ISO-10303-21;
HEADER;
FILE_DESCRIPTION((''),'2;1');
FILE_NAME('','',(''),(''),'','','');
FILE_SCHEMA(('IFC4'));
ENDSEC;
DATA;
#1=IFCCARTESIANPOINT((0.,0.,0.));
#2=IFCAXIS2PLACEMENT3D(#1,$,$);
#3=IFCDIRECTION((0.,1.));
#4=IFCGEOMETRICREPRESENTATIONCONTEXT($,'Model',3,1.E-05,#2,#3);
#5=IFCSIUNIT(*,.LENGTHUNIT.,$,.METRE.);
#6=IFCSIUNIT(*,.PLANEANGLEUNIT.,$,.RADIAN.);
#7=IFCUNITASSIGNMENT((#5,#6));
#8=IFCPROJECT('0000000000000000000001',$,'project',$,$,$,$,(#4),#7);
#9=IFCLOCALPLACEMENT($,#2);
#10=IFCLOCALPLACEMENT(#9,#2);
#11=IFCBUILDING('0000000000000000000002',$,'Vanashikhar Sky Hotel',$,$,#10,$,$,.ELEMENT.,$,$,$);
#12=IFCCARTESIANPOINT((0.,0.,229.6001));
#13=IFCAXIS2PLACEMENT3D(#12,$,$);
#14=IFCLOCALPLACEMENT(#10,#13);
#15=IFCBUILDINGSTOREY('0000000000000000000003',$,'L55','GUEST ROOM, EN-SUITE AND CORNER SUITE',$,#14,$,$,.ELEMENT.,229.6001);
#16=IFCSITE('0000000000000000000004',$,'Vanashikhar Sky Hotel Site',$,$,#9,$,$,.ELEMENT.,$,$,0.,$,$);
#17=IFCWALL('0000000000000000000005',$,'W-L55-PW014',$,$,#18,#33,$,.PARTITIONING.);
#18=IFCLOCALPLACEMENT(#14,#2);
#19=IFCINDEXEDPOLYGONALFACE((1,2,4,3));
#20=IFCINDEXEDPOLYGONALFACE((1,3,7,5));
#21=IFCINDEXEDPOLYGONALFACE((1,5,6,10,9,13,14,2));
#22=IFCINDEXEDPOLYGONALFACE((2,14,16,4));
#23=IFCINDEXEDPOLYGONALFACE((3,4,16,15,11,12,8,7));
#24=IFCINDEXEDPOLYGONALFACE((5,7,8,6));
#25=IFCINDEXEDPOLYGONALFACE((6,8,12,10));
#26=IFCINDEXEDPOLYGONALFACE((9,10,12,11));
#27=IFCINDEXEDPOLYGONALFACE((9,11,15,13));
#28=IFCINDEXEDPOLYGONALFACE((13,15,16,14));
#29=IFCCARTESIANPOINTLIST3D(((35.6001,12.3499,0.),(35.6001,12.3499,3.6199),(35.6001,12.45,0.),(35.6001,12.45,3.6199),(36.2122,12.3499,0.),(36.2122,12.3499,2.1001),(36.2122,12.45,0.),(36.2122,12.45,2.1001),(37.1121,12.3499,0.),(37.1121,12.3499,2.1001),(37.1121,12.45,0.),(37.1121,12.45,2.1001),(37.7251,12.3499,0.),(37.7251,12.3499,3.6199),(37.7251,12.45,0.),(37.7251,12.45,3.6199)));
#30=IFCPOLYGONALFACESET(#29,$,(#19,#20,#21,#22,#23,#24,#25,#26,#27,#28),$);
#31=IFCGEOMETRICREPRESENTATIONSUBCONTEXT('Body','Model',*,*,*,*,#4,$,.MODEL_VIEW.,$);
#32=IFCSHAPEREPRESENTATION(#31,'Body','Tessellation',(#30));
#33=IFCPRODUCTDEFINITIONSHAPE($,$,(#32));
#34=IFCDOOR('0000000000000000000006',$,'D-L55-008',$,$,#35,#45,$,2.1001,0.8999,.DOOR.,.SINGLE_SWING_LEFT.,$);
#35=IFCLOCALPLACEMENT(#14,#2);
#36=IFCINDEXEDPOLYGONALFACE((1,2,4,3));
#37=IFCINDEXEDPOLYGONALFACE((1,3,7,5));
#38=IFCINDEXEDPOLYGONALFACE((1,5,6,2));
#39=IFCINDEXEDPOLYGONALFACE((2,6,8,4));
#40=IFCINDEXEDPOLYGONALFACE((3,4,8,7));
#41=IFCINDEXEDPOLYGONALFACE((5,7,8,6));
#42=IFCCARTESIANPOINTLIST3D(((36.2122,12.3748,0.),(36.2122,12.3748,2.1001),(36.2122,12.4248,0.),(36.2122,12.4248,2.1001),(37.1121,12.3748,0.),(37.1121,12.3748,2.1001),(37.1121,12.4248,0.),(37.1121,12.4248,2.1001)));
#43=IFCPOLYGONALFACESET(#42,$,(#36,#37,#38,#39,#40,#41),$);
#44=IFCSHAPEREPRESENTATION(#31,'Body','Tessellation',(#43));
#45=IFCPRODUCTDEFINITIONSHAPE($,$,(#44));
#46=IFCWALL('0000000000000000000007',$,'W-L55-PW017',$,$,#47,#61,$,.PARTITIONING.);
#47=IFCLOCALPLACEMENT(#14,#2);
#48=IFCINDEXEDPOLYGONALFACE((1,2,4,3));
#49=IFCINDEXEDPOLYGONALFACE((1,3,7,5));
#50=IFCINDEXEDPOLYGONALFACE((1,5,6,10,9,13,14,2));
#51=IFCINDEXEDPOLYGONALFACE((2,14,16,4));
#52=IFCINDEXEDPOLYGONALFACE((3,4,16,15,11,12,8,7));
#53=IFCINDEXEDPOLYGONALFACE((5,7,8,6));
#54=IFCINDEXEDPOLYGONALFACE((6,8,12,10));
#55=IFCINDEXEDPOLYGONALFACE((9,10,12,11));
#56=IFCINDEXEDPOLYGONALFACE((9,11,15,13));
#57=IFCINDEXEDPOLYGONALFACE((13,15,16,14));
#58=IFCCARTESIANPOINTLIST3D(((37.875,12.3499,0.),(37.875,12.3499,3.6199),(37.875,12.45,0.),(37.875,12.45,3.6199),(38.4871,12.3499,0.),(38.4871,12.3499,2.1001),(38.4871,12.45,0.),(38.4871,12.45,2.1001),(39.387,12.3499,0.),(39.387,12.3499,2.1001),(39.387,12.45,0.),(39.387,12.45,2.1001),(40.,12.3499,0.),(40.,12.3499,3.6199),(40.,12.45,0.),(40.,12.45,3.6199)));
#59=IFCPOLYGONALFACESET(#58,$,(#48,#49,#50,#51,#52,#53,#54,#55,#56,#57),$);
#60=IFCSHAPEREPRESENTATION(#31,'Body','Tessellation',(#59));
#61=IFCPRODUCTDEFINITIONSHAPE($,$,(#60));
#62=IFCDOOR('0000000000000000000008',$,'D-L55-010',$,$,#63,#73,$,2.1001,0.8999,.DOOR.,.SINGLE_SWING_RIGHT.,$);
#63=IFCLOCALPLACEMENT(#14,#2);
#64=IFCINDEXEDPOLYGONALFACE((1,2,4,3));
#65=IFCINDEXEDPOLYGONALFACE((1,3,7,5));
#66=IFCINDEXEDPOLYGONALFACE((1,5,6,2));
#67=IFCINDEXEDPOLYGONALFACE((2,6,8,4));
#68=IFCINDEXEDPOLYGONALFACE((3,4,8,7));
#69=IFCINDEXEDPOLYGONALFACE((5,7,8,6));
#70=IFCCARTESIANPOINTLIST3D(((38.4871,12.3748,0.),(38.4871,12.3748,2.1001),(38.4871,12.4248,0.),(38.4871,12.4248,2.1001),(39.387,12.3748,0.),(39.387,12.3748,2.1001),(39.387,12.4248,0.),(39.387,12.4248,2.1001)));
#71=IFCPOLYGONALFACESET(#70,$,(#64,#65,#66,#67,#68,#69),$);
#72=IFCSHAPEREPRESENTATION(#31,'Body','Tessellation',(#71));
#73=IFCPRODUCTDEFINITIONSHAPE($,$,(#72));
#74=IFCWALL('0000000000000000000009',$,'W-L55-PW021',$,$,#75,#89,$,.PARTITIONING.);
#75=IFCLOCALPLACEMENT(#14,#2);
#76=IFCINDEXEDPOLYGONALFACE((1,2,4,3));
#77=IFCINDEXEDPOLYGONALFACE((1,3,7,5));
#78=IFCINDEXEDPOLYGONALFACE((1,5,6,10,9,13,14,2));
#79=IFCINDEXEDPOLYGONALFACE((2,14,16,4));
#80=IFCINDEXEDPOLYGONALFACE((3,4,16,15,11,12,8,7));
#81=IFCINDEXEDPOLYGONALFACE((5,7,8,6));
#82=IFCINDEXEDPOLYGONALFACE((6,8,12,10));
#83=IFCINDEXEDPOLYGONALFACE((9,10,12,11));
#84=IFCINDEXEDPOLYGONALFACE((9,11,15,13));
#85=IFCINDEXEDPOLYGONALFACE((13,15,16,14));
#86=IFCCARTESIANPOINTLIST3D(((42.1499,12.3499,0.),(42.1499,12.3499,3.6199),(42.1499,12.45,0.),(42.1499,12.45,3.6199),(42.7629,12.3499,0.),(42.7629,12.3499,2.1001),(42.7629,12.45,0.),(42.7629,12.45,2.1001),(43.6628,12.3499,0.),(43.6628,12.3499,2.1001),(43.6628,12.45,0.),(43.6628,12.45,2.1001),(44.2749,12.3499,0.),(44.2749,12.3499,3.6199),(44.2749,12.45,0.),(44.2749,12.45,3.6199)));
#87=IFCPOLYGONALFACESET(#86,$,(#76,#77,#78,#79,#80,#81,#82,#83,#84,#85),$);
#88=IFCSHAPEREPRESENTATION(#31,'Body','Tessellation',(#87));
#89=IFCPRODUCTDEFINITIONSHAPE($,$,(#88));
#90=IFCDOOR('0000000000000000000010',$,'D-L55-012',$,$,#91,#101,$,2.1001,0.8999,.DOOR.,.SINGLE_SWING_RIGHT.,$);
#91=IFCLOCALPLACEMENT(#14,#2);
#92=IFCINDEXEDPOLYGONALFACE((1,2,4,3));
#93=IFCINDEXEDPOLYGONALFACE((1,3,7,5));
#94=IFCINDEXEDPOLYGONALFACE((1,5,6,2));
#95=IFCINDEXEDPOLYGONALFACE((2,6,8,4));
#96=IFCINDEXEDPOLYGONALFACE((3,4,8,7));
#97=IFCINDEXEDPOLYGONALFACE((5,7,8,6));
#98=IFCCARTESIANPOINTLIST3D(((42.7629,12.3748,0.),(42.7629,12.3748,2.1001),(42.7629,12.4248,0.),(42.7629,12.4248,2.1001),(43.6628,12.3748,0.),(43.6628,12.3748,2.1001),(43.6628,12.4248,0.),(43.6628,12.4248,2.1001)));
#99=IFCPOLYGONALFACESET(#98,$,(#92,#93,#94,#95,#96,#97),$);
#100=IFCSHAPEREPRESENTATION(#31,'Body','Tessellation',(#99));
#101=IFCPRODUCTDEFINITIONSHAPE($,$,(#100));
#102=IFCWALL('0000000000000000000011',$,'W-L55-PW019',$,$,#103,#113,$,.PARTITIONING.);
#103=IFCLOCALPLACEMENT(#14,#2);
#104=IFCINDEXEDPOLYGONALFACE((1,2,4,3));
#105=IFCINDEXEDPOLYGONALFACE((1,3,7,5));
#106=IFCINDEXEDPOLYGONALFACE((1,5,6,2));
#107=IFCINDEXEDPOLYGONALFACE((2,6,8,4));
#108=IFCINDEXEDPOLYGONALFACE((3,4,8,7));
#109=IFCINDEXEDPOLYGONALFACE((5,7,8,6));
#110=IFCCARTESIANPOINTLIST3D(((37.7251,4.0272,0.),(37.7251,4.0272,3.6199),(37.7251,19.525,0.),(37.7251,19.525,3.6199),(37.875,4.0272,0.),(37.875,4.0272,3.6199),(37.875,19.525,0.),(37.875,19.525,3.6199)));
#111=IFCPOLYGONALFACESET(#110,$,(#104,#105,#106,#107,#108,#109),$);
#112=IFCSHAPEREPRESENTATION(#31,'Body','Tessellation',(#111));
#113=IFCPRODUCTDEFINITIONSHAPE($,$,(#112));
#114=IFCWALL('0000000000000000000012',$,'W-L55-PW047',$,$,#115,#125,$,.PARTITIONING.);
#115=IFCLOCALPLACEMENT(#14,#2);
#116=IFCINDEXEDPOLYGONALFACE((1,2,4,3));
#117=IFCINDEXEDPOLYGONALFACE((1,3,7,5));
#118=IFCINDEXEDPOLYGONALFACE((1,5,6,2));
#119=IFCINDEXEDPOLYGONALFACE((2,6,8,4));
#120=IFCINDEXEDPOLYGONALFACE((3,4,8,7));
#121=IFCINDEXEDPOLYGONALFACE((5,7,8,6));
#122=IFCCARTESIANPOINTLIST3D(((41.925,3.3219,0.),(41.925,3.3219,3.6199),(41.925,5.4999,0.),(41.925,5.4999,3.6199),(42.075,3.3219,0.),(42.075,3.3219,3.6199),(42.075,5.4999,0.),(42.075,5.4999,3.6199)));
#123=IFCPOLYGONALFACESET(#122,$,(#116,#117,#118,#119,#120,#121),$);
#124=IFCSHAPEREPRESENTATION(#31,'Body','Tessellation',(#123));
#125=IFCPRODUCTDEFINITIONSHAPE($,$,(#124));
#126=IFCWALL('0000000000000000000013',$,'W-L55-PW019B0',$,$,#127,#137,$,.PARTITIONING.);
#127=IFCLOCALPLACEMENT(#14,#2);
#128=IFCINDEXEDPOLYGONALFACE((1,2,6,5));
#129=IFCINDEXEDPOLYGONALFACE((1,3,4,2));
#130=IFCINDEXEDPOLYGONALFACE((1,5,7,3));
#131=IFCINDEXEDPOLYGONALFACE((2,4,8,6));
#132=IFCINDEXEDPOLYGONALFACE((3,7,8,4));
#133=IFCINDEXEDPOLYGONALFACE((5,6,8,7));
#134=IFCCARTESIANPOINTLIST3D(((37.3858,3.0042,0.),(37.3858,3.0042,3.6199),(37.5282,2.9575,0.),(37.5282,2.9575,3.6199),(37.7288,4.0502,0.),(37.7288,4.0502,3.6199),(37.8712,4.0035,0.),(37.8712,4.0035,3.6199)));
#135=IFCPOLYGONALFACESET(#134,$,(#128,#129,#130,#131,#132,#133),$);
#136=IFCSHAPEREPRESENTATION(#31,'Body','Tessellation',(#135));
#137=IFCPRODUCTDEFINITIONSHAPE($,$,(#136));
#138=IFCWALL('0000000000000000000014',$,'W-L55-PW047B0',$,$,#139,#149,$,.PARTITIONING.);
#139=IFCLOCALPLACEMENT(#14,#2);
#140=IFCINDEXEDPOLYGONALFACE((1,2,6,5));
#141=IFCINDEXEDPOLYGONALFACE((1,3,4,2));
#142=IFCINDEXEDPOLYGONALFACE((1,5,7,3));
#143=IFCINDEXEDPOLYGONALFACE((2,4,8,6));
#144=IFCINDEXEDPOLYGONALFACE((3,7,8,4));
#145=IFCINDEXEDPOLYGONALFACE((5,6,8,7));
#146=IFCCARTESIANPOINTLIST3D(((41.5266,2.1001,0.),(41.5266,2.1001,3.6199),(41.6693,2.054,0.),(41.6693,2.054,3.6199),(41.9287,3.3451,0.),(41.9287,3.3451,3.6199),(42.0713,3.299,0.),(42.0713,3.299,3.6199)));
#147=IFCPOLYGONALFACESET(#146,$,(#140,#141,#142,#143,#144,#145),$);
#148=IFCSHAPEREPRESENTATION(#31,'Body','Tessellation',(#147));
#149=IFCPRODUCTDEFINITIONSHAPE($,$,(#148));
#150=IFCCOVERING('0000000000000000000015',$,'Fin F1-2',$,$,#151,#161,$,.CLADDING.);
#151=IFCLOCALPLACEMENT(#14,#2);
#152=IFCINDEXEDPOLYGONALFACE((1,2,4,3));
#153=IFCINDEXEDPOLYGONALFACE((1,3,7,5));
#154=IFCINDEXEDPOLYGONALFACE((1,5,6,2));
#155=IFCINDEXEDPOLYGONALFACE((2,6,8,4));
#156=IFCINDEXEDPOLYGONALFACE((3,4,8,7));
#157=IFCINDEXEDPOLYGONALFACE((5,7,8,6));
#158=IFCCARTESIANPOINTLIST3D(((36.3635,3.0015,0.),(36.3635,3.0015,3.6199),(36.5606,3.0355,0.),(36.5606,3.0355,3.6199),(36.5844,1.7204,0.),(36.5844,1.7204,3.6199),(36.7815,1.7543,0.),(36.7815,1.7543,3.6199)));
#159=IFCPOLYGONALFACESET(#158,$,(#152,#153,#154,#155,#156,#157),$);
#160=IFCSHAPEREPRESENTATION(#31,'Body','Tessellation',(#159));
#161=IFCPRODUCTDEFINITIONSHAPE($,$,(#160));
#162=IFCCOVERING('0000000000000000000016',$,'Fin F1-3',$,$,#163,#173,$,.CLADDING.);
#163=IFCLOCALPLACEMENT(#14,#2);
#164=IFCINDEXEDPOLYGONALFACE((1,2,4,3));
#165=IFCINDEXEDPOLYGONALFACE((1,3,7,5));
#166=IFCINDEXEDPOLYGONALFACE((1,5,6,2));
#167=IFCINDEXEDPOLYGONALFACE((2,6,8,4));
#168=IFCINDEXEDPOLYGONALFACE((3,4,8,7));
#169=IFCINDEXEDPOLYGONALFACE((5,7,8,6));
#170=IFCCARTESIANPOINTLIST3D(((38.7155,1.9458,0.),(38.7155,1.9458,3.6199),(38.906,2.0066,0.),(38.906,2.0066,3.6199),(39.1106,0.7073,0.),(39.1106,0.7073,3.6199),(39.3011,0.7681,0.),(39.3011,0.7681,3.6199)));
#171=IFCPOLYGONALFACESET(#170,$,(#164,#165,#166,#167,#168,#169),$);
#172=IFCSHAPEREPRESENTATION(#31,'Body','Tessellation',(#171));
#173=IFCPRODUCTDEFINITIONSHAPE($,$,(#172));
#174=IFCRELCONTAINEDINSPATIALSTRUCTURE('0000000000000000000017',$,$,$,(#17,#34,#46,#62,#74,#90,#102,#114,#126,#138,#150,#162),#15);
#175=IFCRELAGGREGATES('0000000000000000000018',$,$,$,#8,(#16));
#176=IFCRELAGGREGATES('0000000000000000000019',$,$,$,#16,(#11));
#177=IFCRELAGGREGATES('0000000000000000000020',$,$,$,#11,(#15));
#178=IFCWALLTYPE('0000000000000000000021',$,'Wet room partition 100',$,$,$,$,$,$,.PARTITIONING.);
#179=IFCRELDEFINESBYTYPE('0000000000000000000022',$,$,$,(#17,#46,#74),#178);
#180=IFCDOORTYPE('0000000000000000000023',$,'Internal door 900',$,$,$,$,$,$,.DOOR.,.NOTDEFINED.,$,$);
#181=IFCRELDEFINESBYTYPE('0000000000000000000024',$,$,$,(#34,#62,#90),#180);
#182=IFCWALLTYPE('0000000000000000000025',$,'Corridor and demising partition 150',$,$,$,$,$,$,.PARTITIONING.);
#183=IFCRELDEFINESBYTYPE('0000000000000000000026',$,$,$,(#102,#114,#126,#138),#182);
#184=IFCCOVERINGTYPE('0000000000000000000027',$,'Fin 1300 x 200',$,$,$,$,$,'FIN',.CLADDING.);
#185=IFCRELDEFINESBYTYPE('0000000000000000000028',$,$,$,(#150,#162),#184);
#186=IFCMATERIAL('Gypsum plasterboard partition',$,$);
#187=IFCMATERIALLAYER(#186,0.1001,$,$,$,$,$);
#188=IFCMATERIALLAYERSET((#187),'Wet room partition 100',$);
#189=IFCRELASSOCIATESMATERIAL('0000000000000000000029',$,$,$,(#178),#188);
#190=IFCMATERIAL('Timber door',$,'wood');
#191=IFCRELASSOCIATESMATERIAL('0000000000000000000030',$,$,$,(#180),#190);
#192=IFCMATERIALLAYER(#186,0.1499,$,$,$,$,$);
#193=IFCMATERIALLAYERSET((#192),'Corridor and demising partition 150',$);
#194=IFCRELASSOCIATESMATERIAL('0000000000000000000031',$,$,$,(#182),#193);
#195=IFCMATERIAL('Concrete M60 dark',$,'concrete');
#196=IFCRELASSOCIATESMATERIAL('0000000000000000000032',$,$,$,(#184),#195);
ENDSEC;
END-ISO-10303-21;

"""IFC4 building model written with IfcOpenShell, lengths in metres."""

from ifc_helpers import new_model, si_unit, direction, frame, frame_2d, origin, origin_2d, place, context, subcontext, project, spatial, rectangle, extrude, source, transform, mapped, material, layer, layer_set, material_profile, profile_set, type_object, element, fill, save


model = new_model("IFC4")

# Units and contexts
model_context = context("Model", 3, precision=1e-05, world=origin(), true_north=direction((0.0, 1.0)))
body_context = subcontext(model_context, "Body", "Model", "MODEL_VIEW")
ifc_project = project(units=[si_unit("LENGTHUNIT", "METRE"), si_unit("PLANEANGLEUNIT", "RADIAN")], contexts=[model_context])

# Site, building, storey
site_placement = place(None, origin())
site = spatial("IfcSite", under=ifc_project, at=site_placement, Name="Vanashikhar Sky Hotel Site", CompositionType="ELEMENT", RefElevation=0.0)
building_placement = place(site_placement, origin())
building = spatial("IfcBuilding", under=site, at=building_placement, Name="Vanashikhar Sky Hotel", CompositionType="ELEMENT")
storey_placement = place(building_placement, frame((0.0, 0.0, 229.6001)))
storey = spatial("IfcBuildingStorey", under=building, at=storey_placement, Name="L55", Description="GUEST ROOM, EN-SUITE AND CORNER SUITE", CompositionType="ELEMENT", Elevation=229.6001)

# Shared definitions
ifc_material_1 = material(Name="Gypsum plasterboard partition")
ifc_layer_1 = layer(ifc_material_1, 0.1001)
ifc_layer_set_1 = layer_set([ifc_layer_1], Name="Wet room partition 100")
wall_type_1 = type_object("IfcWallType", Name="Wet room partition 100", PredefinedType="PARTITIONING", material=ifc_layer_set_1)

# Walls, openings, doors
shared_shape_1 = source(origin(), body_context, "Body", "SweptSolid", [
    extrude(rectangle(XDim=2.125, YDim=0.1001, at=frame_2d((1.0625, 0.0))), origin(), (0.0, 0.0, 1.0), 3.6199),
])
wall_1_placement = place(storey_placement, frame((35.6001, 12.3999, 0.0), z_axis=(0.0, 0.0, 1.0), x_axis=(1.0, 0.0, 0.0)))
wall_1 = element("IfcWall", 1, at=wall_1_placement, inside=storey, type_object=wall_type_1, Name="W-L55-PW014", PredefinedType="PARTITIONING", context=body_context, shape_type="MappedRepresentation", body=[
    mapped(shared_shape_1, transform((0.0, 0.0, 0.0), scale=1.0)),
])
shared_shape_2 = source(origin(), body_context, "Body", "SweptSolid", [
    extrude(rectangle(XDim=0.8999, YDim=2.1001, at=frame_2d((0.45, 1.05))), frame((0.0, 0.0601, 0.0), z_axis=(0.0, -1.0, 0.0), x_axis=(1.0, 0.0, 0.0)), (0.0, 0.0, 1.0), 0.1201),
])
opening_1_placement = place(wall_1_placement, frame((0.6121, 0.0, 0.0)))
opening_1 = element("IfcOpeningElement", 2, at=opening_1_placement, cuts=wall_1, PredefinedType="OPENING", context=body_context, shape_type="MappedRepresentation", body=[
    mapped(shared_shape_2, transform((0.0, 0.0, 0.0), scale=1.0)),
])
ifc_material_2 = material(Name="Timber door", Category="wood")
door_type = type_object("IfcDoorType", Name="Internal door 900", OperationType="NOTDEFINED", PredefinedType="DOOR", material=ifc_material_2)
shared_shape_3 = source(origin(), body_context, "Body", "SweptSolid", [
    extrude(rectangle(XDim=0.8999, YDim=2.1001, at=frame_2d((0.45, 1.05))), frame((0.0, 0.0249, 0.0), z_axis=(0.0, -1.0, 0.0), x_axis=(1.0, 0.0, 0.0)), (0.0, 0.0, 1.0), 0.05),
])
door_1_placement = place(opening_1_placement, origin())
door_1 = element("IfcDoor", 3, at=door_1_placement, inside=storey, type_object=door_type, Name="D-L55-008", OperationType="SINGLE_SWING_LEFT", OverallHeight=2.1001, OverallWidth=0.8999, PredefinedType="DOOR", context=body_context, shape_type="MappedRepresentation", body=[
    mapped(shared_shape_3, transform((0.0, 0.0, 0.0), scale=1.0)),
])
fill(opening_1, door_1)
wall_2_placement = place(storey_placement, frame((37.875, 12.3999, 0.0), z_axis=(0.0, 0.0, 1.0), x_axis=(1.0, 0.0, 0.0)))
wall_2 = element("IfcWall", 4, at=wall_2_placement, inside=storey, type_object=wall_type_1, Name="W-L55-PW017", PredefinedType="PARTITIONING", context=body_context, shape_type="MappedRepresentation", body=[
    mapped(shared_shape_1, transform((0.0, 0.0, 0.0), scale=1.0)),
])
opening_2_placement = place(wall_2_placement, frame((0.6121, 0.0, 0.0)))
opening_2 = element("IfcOpeningElement", 5, at=opening_2_placement, cuts=wall_2, PredefinedType="OPENING", context=body_context, shape_type="MappedRepresentation", body=[
    mapped(shared_shape_2, transform((0.0, 0.0, 0.0), scale=1.0)),
])
door_2_placement = place(opening_2_placement, origin())
door_2 = element("IfcDoor", 6, at=door_2_placement, inside=storey, type_object=door_type, Name="D-L55-010", OperationType="SINGLE_SWING_RIGHT", OverallHeight=2.1001, OverallWidth=0.8999, PredefinedType="DOOR", context=body_context, shape_type="MappedRepresentation", body=[
    mapped(shared_shape_3, transform((0.0, 0.0, 0.0), scale=1.0)),
])
fill(opening_2, door_2)
wall_3_placement = place(storey_placement, frame((42.1499, 12.3999, 0.0), z_axis=(0.0, 0.0, 1.0), x_axis=(1.0, 0.0, 0.0)))
wall_3 = element("IfcWall", 7, at=wall_3_placement, inside=storey, type_object=wall_type_1, Name="W-L55-PW021", PredefinedType="PARTITIONING", context=body_context, shape_type="MappedRepresentation", body=[
    mapped(shared_shape_1, transform((0.0, 0.0, 0.0), scale=1.0)),
])
opening_3_placement = place(wall_3_placement, frame((0.613, 0.0, 0.0)))
opening_3 = element("IfcOpeningElement", 8, at=opening_3_placement, cuts=wall_3, PredefinedType="OPENING", context=body_context, shape_type="MappedRepresentation", body=[
    mapped(shared_shape_2, transform((0.0, 0.0, 0.0), scale=1.0)),
])
door_3_placement = place(opening_3_placement, origin())
door_3 = element("IfcDoor", 9, at=door_3_placement, inside=storey, type_object=door_type, Name="D-L55-012", OperationType="SINGLE_SWING_RIGHT", OverallHeight=2.1001, OverallWidth=0.8999, PredefinedType="DOOR", context=body_context, shape_type="MappedRepresentation", body=[
    mapped(shared_shape_3, transform((0.0, 0.0, 0.0), scale=1.0)),
])
fill(opening_3, door_3)

# Walls
ifc_layer_2 = layer(ifc_material_1, 0.1499)
ifc_layer_set_2 = layer_set([ifc_layer_2], Name="Corridor and demising partition 150")
wall_type_2 = type_object("IfcWallType", Name="Corridor and demising partition 150", PredefinedType="PARTITIONING", material=ifc_layer_set_2)
shared_shape_4 = source(origin(), body_context, "Body", "SweptSolid", [
    extrude(rectangle(XDim=15.4978, YDim=0.1499, at=frame_2d((7.749, 0.0))), origin(), (0.0, 0.0, 1.0), 3.6199),
])
wall_4_placement = place(storey_placement, frame((37.8, 4.0271, 0.0), z_axis=(0.0, 0.0, 1.0), x_axis=(0.0, 1.0, 0.0)))
element("IfcWall", 10, at=wall_4_placement, inside=storey, type_object=wall_type_2, Name="W-L55-PW019", PredefinedType="PARTITIONING", context=body_context, shape_type="MappedRepresentation", body=[
    mapped(shared_shape_4, transform((0.0, 0.0, 0.0), scale=1.0)),
])
shared_shape_5 = source(origin(), body_context, "Body", "SweptSolid", [
    extrude(rectangle(XDim=2.178, YDim=0.1499, at=frame_2d((1.0889, 0.0))), origin(), (0.0, 0.0, 1.0), 3.6199),
])
wall_5_placement = place(storey_placement, frame((42.0, 3.322, 0.0), z_axis=(0.0, 0.0, 1.0), x_axis=(0.0, 1.0, 0.0)))
element("IfcWall", 11, at=wall_5_placement, inside=storey, type_object=wall_type_2, Name="W-L55-PW047", PredefinedType="PARTITIONING", context=body_context, shape_type="MappedRepresentation", body=[
    mapped(shared_shape_5, transform((0.0, 0.0, 0.0), scale=1.0)),
])
shared_shape_6 = source(origin(), body_context, "Body", "SweptSolid", [
    extrude(rectangle(XDim=1.1008, YDim=0.1499, at=frame_2d((0.5503, 0.0))), origin(), (0.0, 0.0, 1.0), 3.6199),
])
wall_6_placement = place(storey_placement, frame((37.457, 2.981, 0.0), z_axis=(0.0, 0.0, 1.0), x_axis=(0.311567, 0.950224, 0.0)))
element("IfcWall", 12, at=wall_6_placement, inside=storey, type_object=wall_type_2, Name="W-L55-PW019B0", PredefinedType="PARTITIONING", context=body_context, shape_type="MappedRepresentation", body=[
    mapped(shared_shape_6, transform((0.0, 0.0, 0.0), scale=1.0)),
])
shared_shape_7 = source(origin(), body_context, "Body", "SweptSolid", [
    extrude(rectangle(XDim=1.3083, YDim=0.1499, at=frame_2d((0.6543, 0.0))), origin(), (0.0, 0.0, 1.0), 3.6199),
])
wall_7_placement = place(storey_placement, frame((41.5979, 2.0769, 0.0), z_axis=(0.0, 0.0, 1.0), x_axis=(0.307314, 0.951608, 0.0)))
element("IfcWall", 13, at=wall_7_placement, inside=storey, type_object=wall_type_2, Name="W-L55-PW047B0", PredefinedType="PARTITIONING", context=body_context, shape_type="MappedRepresentation", body=[
    mapped(shared_shape_7, transform((0.0, 0.0, 0.0), scale=1.0)),
])

# Coverings
ifc_material_3 = material(Name="Concrete M60 dark", Category="concrete")
ifc_material_profile = material_profile(ifc_material_3, rectangle(XDim=1.3, YDim=0.2, at=origin_2d()))
ifc_profile_set = profile_set([ifc_material_profile], Name="Fin 1300 x 200")
covering_type = type_object("IfcCoveringType", Name="Fin 1300 x 200", ElementType="FIN", PredefinedType="CLADDING", material=ifc_profile_set)
shared_shape_8 = source(origin(), body_context, "Body", "SweptSolid", [
    extrude(rectangle(XDim=1.3, YDim=0.2, at=origin_2d()), origin(), (0.0, 0.0, 1.0), 3.6199),
])
for number, where, z_axis, x_axis, name in (
    (14, (36.5725, 2.3779, 0.0), (0.0, 0.0, 1.0), (0.1699, -0.985461, 0.0), "Fin F1-2"),
    (15, (39.0083, 1.3569, 0.0), (0.0, 0.0, 1.0), (0.303967, -0.952683, 0.0), "Fin F1-3"),
):
    element("IfcCovering", number, at=place(storey_placement, frame(where, z_axis=z_axis, x_axis=x_axis)), inside=storey, type_object=covering_type, Name=name, PredefinedType="CLADDING", context=body_context, shape_type="MappedRepresentation", body=[
        mapped(shared_shape_8, transform((0.0, 0.0, 0.0), scale=1.0)),
    ])

save(model, "model.ifc")
